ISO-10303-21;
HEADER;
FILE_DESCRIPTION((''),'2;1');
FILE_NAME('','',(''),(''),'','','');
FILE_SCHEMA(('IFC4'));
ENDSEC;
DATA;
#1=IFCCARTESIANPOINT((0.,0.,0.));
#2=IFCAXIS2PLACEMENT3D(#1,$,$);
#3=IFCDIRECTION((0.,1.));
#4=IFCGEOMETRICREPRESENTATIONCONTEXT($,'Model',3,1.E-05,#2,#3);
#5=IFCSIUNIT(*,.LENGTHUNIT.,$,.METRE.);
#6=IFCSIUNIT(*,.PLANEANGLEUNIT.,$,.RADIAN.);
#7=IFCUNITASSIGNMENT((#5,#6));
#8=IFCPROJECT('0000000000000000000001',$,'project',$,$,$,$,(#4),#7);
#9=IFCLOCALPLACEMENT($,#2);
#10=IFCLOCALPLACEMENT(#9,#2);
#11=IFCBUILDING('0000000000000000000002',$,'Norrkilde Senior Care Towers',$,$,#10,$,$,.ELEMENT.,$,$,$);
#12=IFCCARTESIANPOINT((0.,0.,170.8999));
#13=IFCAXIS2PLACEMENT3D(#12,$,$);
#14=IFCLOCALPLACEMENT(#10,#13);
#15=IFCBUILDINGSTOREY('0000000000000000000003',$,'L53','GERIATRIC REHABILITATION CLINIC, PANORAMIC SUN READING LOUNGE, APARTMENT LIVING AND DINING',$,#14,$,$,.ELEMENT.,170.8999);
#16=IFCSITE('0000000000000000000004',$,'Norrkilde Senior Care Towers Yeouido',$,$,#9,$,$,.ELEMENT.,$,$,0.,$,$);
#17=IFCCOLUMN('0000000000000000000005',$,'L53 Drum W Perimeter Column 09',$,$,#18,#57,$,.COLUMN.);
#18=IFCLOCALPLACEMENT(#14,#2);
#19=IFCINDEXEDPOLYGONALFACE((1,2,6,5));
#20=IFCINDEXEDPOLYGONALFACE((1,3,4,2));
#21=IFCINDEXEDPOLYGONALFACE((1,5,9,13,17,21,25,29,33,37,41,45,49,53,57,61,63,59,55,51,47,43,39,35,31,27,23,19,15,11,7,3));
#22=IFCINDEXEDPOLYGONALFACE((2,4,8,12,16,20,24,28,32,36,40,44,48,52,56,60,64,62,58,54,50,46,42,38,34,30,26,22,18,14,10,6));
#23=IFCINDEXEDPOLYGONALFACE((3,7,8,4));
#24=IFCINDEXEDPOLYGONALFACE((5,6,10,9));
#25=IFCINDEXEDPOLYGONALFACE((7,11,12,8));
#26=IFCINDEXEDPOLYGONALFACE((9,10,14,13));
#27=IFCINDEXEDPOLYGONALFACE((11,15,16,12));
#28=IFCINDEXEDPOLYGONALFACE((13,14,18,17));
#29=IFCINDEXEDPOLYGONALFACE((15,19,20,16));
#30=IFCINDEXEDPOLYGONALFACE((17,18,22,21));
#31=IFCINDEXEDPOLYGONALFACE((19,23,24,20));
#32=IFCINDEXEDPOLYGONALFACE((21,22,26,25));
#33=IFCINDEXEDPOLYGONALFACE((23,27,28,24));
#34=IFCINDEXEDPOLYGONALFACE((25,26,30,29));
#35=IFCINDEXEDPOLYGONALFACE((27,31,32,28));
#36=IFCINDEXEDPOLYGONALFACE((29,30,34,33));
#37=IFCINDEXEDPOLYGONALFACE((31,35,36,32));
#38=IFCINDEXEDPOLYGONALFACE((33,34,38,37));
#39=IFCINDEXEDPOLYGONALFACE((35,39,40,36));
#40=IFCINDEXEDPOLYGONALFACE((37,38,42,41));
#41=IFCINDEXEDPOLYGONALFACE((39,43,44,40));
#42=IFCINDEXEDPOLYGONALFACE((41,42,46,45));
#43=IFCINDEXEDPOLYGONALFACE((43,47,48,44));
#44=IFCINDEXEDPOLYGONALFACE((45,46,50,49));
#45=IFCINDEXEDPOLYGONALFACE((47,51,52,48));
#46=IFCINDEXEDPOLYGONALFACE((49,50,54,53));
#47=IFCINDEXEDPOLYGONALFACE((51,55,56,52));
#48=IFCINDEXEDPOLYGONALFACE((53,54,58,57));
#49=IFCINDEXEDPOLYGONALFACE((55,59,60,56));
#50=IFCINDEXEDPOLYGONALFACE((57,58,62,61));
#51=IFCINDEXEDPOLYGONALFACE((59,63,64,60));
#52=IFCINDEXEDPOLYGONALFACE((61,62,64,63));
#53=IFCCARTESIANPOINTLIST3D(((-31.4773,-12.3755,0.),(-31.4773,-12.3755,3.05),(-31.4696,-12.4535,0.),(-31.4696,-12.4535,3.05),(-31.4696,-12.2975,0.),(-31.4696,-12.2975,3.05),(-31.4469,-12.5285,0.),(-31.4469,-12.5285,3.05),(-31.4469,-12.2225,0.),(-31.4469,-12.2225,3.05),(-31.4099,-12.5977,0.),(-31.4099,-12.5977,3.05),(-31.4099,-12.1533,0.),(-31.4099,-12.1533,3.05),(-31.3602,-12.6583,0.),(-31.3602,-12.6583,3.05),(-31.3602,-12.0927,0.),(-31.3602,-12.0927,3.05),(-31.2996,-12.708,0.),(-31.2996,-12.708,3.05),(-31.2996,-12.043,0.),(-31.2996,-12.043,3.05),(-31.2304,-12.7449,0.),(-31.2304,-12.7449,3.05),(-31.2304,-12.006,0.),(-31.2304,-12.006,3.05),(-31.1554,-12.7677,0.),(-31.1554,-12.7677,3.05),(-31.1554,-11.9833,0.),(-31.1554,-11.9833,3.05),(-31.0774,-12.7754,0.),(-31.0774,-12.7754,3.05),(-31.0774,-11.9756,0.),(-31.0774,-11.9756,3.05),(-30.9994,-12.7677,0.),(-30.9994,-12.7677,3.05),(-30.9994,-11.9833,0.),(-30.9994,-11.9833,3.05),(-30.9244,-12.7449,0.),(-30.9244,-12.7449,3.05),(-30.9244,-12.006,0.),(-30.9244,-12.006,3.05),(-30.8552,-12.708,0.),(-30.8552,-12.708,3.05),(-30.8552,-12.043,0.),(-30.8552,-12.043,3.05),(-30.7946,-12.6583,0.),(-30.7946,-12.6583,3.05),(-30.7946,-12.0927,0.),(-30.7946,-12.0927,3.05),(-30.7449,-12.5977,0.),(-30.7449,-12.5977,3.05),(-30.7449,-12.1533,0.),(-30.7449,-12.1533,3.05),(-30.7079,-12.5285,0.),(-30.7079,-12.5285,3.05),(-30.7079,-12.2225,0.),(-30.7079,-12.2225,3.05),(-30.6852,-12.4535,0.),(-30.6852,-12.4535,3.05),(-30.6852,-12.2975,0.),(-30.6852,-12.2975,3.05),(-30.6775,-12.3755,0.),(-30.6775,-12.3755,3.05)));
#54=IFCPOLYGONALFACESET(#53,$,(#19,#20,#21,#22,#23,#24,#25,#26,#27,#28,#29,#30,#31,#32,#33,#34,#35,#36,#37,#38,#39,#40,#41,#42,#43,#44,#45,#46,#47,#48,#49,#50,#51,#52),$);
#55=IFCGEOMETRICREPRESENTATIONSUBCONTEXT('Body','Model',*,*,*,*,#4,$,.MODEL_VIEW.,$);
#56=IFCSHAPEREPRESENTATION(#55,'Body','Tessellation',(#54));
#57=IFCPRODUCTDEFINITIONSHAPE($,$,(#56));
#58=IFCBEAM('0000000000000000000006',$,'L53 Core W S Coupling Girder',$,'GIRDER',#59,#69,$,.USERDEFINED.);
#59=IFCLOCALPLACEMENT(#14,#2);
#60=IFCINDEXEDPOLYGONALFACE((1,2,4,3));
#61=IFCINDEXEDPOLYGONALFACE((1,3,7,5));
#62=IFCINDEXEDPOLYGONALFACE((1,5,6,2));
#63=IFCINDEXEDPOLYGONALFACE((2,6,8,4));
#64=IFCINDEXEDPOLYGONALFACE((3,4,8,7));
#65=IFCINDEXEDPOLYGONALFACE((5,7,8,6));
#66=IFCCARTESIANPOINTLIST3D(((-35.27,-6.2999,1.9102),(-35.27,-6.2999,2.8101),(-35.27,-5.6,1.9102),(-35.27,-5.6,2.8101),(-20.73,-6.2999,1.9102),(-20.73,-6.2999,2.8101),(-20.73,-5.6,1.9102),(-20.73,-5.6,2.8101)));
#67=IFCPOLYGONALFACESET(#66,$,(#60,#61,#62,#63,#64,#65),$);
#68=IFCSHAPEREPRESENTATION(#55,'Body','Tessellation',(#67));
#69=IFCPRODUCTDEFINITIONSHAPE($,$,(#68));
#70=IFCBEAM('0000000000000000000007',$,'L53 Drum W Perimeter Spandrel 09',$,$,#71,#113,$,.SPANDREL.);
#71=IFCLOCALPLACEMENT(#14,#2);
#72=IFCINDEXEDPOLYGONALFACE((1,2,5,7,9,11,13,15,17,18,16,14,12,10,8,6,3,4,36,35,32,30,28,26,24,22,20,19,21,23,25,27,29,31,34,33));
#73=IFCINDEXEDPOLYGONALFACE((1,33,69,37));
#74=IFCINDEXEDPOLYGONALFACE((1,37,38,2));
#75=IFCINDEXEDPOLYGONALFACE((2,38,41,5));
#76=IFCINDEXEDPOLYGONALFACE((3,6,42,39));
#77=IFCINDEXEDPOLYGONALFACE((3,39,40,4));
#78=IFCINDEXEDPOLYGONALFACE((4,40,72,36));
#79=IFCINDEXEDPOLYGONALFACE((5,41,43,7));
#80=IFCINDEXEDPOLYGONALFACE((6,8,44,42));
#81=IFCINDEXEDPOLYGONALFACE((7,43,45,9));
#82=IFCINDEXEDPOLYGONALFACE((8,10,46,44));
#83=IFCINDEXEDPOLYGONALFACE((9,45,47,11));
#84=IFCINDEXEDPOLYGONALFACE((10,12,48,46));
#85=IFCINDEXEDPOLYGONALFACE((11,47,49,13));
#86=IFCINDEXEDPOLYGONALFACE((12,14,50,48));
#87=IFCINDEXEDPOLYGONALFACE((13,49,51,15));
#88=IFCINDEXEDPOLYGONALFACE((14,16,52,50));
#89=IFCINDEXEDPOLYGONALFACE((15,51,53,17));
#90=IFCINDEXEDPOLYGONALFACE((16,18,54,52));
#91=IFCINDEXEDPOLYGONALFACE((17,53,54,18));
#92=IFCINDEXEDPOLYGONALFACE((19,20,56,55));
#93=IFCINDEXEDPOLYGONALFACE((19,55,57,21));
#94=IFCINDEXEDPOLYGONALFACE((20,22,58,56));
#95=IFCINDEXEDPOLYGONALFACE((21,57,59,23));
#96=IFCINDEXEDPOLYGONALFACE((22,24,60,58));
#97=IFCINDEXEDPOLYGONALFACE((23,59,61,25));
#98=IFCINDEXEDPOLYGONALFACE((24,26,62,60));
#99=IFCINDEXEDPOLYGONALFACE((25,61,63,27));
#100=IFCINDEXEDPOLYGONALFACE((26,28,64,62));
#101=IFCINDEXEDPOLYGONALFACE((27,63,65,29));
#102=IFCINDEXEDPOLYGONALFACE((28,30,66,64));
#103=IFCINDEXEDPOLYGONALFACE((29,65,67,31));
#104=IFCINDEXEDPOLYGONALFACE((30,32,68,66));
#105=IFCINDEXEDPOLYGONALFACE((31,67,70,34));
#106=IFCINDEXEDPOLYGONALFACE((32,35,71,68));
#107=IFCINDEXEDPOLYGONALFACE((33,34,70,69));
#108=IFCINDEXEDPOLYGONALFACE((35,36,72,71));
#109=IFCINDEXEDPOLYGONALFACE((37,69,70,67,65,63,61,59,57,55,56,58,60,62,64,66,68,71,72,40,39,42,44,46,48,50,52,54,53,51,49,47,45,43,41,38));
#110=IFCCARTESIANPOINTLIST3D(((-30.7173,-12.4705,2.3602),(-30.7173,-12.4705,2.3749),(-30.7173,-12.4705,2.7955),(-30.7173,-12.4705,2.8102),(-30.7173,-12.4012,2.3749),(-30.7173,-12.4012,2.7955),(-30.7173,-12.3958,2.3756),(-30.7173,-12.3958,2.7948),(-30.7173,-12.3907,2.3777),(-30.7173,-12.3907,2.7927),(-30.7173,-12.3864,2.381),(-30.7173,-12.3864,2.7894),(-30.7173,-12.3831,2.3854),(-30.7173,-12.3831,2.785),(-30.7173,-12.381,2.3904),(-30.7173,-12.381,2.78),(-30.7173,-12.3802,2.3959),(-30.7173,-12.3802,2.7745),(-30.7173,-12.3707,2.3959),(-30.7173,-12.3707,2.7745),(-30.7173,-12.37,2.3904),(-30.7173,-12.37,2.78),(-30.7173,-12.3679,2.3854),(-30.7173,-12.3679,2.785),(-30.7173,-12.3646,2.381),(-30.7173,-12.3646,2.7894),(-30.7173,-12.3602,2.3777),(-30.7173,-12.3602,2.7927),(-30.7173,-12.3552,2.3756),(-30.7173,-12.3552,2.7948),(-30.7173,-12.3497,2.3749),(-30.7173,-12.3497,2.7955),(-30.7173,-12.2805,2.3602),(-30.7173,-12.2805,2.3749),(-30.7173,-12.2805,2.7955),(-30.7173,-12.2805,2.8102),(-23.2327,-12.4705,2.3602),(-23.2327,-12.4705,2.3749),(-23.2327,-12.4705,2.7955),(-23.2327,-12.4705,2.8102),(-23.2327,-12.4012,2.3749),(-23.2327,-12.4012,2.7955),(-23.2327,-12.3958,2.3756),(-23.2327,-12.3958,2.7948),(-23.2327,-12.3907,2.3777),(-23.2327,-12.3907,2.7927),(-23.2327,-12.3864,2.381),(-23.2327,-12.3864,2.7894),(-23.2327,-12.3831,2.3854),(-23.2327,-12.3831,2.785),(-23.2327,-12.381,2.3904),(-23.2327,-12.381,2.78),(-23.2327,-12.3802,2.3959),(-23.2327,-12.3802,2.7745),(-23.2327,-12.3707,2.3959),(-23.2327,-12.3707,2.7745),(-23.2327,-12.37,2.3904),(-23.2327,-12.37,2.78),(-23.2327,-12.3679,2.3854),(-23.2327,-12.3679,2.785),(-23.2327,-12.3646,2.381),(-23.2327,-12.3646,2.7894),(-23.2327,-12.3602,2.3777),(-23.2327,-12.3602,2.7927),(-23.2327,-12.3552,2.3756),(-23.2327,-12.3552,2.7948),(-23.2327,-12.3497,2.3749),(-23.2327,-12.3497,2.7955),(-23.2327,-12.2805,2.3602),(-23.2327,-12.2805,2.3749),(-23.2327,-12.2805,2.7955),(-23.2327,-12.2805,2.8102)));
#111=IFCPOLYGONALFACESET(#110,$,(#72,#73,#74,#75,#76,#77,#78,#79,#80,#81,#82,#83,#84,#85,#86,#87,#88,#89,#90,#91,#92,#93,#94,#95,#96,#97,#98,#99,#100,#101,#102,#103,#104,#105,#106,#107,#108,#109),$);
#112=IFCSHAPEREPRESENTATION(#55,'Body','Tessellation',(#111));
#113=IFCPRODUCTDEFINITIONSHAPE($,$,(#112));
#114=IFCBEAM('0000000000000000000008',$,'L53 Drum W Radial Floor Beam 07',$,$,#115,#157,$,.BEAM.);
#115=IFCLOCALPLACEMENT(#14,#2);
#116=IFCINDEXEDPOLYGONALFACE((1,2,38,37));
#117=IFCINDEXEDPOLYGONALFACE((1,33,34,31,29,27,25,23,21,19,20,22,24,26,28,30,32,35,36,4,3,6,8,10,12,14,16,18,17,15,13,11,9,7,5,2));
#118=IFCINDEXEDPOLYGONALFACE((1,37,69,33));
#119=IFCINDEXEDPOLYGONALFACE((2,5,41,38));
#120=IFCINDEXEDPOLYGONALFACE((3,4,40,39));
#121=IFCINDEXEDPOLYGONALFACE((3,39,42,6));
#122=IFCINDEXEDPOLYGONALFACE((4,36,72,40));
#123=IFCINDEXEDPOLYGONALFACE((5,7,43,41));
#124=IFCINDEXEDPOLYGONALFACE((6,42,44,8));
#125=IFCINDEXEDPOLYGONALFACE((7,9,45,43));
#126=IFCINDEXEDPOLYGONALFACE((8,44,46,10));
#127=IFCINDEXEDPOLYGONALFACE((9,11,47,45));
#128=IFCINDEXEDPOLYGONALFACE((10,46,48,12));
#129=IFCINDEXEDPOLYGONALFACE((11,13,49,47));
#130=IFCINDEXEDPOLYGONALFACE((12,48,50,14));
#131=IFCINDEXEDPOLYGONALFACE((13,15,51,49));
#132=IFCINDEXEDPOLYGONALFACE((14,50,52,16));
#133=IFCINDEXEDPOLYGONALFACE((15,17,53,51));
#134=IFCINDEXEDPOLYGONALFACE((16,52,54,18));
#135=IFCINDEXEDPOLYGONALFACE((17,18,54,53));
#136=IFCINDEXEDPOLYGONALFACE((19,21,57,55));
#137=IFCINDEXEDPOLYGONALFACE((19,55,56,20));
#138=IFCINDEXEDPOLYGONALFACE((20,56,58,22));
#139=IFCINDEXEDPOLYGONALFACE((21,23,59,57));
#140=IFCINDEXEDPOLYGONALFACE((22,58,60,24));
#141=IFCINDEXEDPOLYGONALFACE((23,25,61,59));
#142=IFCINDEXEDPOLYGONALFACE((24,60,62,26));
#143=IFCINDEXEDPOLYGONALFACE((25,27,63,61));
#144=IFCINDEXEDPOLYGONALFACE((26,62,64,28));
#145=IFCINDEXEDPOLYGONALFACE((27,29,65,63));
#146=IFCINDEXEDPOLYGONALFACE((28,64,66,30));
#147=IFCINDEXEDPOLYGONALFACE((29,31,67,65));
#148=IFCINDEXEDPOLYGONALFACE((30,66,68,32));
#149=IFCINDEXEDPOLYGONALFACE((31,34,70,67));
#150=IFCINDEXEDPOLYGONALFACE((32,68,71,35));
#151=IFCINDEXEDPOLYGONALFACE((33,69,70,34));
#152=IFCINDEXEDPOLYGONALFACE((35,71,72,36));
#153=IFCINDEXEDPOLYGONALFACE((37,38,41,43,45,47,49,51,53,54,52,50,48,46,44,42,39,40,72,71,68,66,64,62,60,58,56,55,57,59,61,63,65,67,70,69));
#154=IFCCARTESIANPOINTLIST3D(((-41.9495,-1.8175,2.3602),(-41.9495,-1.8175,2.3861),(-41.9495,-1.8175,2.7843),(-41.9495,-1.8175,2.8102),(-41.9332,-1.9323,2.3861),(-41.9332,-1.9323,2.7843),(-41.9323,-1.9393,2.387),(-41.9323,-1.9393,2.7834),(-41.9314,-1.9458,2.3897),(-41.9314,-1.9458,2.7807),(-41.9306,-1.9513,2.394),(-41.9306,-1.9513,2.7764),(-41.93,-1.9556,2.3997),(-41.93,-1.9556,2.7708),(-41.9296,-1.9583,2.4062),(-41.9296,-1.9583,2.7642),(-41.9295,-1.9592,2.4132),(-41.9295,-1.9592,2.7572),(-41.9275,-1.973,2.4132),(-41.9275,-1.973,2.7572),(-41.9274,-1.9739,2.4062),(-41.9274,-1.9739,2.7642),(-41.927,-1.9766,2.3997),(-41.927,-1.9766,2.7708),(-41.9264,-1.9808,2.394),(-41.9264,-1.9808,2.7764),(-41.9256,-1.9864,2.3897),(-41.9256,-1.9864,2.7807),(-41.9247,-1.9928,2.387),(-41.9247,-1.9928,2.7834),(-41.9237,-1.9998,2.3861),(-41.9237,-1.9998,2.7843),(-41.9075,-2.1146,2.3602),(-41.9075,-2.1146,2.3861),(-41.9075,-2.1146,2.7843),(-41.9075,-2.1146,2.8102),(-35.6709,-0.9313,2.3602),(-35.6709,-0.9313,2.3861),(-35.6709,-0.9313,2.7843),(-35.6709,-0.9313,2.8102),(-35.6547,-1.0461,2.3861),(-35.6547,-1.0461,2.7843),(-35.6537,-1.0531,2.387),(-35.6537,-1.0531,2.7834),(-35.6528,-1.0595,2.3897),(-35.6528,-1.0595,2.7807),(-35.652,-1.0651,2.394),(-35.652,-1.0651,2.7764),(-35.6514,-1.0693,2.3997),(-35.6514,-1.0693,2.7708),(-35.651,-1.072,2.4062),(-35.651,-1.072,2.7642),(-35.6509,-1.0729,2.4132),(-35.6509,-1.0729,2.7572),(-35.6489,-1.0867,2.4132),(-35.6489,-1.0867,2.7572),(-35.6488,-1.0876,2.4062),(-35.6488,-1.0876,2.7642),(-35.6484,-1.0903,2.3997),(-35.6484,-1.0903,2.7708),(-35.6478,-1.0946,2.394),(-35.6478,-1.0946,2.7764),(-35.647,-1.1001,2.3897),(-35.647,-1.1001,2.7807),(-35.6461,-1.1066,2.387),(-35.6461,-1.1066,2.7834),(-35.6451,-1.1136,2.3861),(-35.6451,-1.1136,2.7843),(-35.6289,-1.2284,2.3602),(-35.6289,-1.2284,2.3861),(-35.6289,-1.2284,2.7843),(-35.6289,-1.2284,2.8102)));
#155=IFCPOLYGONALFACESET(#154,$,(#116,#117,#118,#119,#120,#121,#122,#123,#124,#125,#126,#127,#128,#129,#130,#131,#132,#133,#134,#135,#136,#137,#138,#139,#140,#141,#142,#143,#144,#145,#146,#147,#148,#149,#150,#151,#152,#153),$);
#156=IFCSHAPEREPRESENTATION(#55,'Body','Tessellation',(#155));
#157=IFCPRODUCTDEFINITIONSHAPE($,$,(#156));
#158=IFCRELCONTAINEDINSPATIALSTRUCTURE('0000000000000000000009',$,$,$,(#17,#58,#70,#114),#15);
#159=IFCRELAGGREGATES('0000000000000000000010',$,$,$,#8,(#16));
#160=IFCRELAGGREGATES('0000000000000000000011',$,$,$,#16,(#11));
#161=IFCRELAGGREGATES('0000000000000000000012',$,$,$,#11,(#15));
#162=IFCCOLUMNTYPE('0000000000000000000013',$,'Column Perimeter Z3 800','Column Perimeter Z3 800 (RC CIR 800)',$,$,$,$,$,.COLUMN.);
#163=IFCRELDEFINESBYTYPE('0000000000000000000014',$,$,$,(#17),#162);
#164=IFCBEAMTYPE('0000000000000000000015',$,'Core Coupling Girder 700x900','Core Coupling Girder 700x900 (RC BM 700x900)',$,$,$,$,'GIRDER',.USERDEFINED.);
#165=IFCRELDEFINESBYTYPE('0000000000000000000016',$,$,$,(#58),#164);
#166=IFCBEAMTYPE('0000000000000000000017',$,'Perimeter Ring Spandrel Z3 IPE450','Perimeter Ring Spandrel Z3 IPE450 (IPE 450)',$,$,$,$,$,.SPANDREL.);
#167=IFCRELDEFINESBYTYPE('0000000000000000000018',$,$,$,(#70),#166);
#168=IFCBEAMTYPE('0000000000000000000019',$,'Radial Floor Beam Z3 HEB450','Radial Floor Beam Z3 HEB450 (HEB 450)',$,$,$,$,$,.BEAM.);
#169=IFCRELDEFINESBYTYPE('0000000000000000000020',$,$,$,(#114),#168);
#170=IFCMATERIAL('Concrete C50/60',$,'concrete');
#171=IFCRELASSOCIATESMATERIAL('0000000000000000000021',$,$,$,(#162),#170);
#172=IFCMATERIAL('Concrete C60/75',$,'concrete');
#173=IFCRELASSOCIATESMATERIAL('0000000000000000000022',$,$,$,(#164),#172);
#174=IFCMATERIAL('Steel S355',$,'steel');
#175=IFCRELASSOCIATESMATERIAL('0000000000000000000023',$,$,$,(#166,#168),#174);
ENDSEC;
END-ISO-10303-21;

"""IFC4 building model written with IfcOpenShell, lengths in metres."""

from ifc_helpers import new_model, si_unit, direction, frame, origin, origin_2d, place, context, subcontext, project, spatial, rectangle, circle, i_section, extrude, source, transform, mapped, material, material_profile, profile_set, type_object, type_shapes, element, save


model = new_model("IFC4")

# Units and contexts
model_context = context("Model", 3, precision=1e-05, world=origin(), true_north=direction((0.0, 1.0)))
body_context = subcontext(model_context, "Body", "Model", "MODEL_VIEW")
ifc_project = project(units=[si_unit("LENGTHUNIT", "METRE"), si_unit("PLANEANGLEUNIT", "RADIAN")], contexts=[model_context])

# Site, building, storey
site_placement = place(None, origin())
site = spatial("IfcSite", under=ifc_project, at=site_placement, Name="Norrkilde Senior Care Towers Yeouido", CompositionType="ELEMENT", RefElevation=0.0)
building_placement = place(site_placement, origin())
building = spatial("IfcBuilding", under=site, at=building_placement, Name="Norrkilde Senior Care Towers", CompositionType="ELEMENT")
storey_placement = place(building_placement, frame((0.0, 0.0, 170.8999)))
storey = spatial("IfcBuildingStorey", under=building, at=storey_placement, Name="L53", Description="GERIATRIC REHABILITATION CLINIC, PANORAMIC SUN READING LOUNGE, APARTMENT LIVING AND DINING", CompositionType="ELEMENT", Elevation=170.8999)

# Column
ifc_material_1 = material(Name="Concrete C50/60", Category="concrete")
ifc_material_profile_1 = material_profile(ifc_material_1, circle(Radius=0.3999, at=origin_2d()), Name="RC CIR 800")
ifc_profile_set_1 = profile_set([ifc_material_profile_1], Name="Concrete C50/60")
column_type = type_object("IfcColumnType", Name="Column Perimeter Z3 800", Description="Column Perimeter Z3 800 (RC CIR 800)", PredefinedType="COLUMN", material=ifc_profile_set_1)
shared_shape_1 = source(origin(), body_context, "Body", "SweptSolid", [
    extrude(circle(Radius=0.3999, at=origin_2d()), origin(), (0.0, 0.0, 1.0), 3.05),
])
type_shapes(column_type, [shared_shape_1])
column_placement = place(storey_placement, frame((-31.0774, -12.3755, 0.0), z_axis=(0.0, 0.0, 1.0), x_axis=(1.0, 0.0, 0.0)))
element("IfcColumn", 1, at=column_placement, inside=storey, type_object=column_type, Name="L53 Drum W Perimeter Column 09", PredefinedType="COLUMN", context=body_context, shape_type="MappedRepresentation", body=[
    mapped(shared_shape_1, transform((0.0, 0.0, 0.0), x_axis=(1.0, 0.0, 0.0), y_axis=(0.0, 1.0, 0.0), z_axis=(0.0, 0.0, 1.0), scale=1.0)),
])

# Beams
ifc_material_2 = material(Name="Concrete C60/75", Category="concrete")
ifc_material_profile_2 = material_profile(ifc_material_2, rectangle(XDim=0.7, YDim=0.8999, at=origin_2d()), Name="RC BM 700x900")
ifc_profile_set_2 = profile_set([ifc_material_profile_2], Name="Concrete C60/75")
beam_type_1 = type_object("IfcBeamType", Name="Core Coupling Girder 700x900", Description="Core Coupling Girder 700x900 (RC BM 700x900)", ElementType="GIRDER", PredefinedType="USERDEFINED", material=ifc_profile_set_2)
shared_shape_2 = source(origin(), body_context, "Body", "SweptSolid", [
    extrude(rectangle(XDim=0.7, YDim=0.8999, at=origin_2d()), origin(), (0.0, 0.0, 1.0), 14.54),
])
type_shapes(beam_type_1, [shared_shape_2])
beam_1_placement = place(storey_placement, frame((-35.27, -5.95, 2.3601), z_axis=(1.0, 0.0, 0.0), x_axis=(0.0, 1.0, 0.0)))
element("IfcBeam", 2, at=beam_1_placement, inside=storey, type_object=beam_type_1, Name="L53 Core W S Coupling Girder", ObjectType="GIRDER", PredefinedType="USERDEFINED", context=body_context, shape_type="MappedRepresentation", body=[
    mapped(shared_shape_2, transform((0.0, 0.0, 0.0), x_axis=(1.0, 0.0, 0.0), y_axis=(0.0, 1.0, 0.0), z_axis=(0.0, 0.0, 1.0), scale=1.0)),
])
ifc_material_3 = material(Name="Steel S355", Category="steel")
ifc_material_profile_3 = material_profile(ifc_material_3, i_section(OverallWidth=0.1899, OverallDepth=0.45, WebThickness=0.0095, FlangeThickness=0.0146, FilletRadius=0.021, at=origin_2d()), Name="IPE 450")
ifc_profile_set_3 = profile_set([ifc_material_profile_3], Name="Steel S355")
beam_type_2 = type_object("IfcBeamType", Name="Perimeter Ring Spandrel Z3 IPE450", Description="Perimeter Ring Spandrel Z3 IPE450 (IPE 450)", PredefinedType="SPANDREL", material=ifc_profile_set_3)
shared_shape_3 = source(origin(), body_context, "Body", "SweptSolid", [
    extrude(i_section(OverallWidth=0.1899, OverallDepth=0.45, WebThickness=0.0095, FlangeThickness=0.0146, FilletRadius=0.021, at=origin_2d()), origin(), (0.0, 0.0, 1.0), 7.4846),
])
type_shapes(beam_type_2, [shared_shape_3])
beam_2_placement = place(storey_placement, frame((-30.7173, -12.3755, 2.5852), z_axis=(1.0, 0.0, 0.0), x_axis=(0.0, 1.0, 0.0)))
element("IfcBeam", 3, at=beam_2_placement, inside=storey, type_object=beam_type_2, Name="L53 Drum W Perimeter Spandrel 09", PredefinedType="SPANDREL", context=body_context, shape_type="MappedRepresentation", body=[
    mapped(shared_shape_3, transform((0.0, 0.0, 0.0), x_axis=(1.0, 0.0, 0.0), y_axis=(0.0, 1.0, 0.0), z_axis=(0.0, 0.0, 1.0), scale=1.0)),
])
ifc_material_profile_4 = material_profile(ifc_material_3, i_section(OverallWidth=0.3, OverallDepth=0.45, WebThickness=0.0139, FlangeThickness=0.0259, FilletRadius=0.0271, at=origin_2d()), Name="HEB 450")
ifc_profile_set_4 = profile_set([ifc_material_profile_4], Name="Steel S355")
beam_type_3 = type_object("IfcBeamType", Name="Radial Floor Beam Z3 HEB450", Description="Radial Floor Beam Z3 HEB450 (HEB 450)", PredefinedType="BEAM", material=ifc_profile_set_4)
shared_shape_4 = source(origin(), body_context, "Body", "SweptSolid", [
    extrude(i_section(OverallWidth=0.3, OverallDepth=0.45, WebThickness=0.0139, FlangeThickness=0.0259, FilletRadius=0.0271, at=origin_2d()), origin(), (0.0, 0.0, 1.0), 6.3408),
])
beam_3_placement = place(storey_placement, frame((-35.6499, -1.0798, 2.5852), z_axis=(-0.990185, -0.139766, 0.0), x_axis=(0.139766, -0.990185, 0.0)))
element("IfcBeam", 4, at=beam_3_placement, inside=storey, type_object=beam_type_3, Name="L53 Drum W Radial Floor Beam 07", PredefinedType="BEAM", context=body_context, shape_type="MappedRepresentation", body=[
    mapped(shared_shape_4, transform((0.0, 0.0, 0.0), x_axis=(1.0, 0.0, 0.0), y_axis=(0.0, 1.0, 0.0), z_axis=(0.0, 0.0, 1.0), scale=1.0)),
])

save(model, "model.ifc")
